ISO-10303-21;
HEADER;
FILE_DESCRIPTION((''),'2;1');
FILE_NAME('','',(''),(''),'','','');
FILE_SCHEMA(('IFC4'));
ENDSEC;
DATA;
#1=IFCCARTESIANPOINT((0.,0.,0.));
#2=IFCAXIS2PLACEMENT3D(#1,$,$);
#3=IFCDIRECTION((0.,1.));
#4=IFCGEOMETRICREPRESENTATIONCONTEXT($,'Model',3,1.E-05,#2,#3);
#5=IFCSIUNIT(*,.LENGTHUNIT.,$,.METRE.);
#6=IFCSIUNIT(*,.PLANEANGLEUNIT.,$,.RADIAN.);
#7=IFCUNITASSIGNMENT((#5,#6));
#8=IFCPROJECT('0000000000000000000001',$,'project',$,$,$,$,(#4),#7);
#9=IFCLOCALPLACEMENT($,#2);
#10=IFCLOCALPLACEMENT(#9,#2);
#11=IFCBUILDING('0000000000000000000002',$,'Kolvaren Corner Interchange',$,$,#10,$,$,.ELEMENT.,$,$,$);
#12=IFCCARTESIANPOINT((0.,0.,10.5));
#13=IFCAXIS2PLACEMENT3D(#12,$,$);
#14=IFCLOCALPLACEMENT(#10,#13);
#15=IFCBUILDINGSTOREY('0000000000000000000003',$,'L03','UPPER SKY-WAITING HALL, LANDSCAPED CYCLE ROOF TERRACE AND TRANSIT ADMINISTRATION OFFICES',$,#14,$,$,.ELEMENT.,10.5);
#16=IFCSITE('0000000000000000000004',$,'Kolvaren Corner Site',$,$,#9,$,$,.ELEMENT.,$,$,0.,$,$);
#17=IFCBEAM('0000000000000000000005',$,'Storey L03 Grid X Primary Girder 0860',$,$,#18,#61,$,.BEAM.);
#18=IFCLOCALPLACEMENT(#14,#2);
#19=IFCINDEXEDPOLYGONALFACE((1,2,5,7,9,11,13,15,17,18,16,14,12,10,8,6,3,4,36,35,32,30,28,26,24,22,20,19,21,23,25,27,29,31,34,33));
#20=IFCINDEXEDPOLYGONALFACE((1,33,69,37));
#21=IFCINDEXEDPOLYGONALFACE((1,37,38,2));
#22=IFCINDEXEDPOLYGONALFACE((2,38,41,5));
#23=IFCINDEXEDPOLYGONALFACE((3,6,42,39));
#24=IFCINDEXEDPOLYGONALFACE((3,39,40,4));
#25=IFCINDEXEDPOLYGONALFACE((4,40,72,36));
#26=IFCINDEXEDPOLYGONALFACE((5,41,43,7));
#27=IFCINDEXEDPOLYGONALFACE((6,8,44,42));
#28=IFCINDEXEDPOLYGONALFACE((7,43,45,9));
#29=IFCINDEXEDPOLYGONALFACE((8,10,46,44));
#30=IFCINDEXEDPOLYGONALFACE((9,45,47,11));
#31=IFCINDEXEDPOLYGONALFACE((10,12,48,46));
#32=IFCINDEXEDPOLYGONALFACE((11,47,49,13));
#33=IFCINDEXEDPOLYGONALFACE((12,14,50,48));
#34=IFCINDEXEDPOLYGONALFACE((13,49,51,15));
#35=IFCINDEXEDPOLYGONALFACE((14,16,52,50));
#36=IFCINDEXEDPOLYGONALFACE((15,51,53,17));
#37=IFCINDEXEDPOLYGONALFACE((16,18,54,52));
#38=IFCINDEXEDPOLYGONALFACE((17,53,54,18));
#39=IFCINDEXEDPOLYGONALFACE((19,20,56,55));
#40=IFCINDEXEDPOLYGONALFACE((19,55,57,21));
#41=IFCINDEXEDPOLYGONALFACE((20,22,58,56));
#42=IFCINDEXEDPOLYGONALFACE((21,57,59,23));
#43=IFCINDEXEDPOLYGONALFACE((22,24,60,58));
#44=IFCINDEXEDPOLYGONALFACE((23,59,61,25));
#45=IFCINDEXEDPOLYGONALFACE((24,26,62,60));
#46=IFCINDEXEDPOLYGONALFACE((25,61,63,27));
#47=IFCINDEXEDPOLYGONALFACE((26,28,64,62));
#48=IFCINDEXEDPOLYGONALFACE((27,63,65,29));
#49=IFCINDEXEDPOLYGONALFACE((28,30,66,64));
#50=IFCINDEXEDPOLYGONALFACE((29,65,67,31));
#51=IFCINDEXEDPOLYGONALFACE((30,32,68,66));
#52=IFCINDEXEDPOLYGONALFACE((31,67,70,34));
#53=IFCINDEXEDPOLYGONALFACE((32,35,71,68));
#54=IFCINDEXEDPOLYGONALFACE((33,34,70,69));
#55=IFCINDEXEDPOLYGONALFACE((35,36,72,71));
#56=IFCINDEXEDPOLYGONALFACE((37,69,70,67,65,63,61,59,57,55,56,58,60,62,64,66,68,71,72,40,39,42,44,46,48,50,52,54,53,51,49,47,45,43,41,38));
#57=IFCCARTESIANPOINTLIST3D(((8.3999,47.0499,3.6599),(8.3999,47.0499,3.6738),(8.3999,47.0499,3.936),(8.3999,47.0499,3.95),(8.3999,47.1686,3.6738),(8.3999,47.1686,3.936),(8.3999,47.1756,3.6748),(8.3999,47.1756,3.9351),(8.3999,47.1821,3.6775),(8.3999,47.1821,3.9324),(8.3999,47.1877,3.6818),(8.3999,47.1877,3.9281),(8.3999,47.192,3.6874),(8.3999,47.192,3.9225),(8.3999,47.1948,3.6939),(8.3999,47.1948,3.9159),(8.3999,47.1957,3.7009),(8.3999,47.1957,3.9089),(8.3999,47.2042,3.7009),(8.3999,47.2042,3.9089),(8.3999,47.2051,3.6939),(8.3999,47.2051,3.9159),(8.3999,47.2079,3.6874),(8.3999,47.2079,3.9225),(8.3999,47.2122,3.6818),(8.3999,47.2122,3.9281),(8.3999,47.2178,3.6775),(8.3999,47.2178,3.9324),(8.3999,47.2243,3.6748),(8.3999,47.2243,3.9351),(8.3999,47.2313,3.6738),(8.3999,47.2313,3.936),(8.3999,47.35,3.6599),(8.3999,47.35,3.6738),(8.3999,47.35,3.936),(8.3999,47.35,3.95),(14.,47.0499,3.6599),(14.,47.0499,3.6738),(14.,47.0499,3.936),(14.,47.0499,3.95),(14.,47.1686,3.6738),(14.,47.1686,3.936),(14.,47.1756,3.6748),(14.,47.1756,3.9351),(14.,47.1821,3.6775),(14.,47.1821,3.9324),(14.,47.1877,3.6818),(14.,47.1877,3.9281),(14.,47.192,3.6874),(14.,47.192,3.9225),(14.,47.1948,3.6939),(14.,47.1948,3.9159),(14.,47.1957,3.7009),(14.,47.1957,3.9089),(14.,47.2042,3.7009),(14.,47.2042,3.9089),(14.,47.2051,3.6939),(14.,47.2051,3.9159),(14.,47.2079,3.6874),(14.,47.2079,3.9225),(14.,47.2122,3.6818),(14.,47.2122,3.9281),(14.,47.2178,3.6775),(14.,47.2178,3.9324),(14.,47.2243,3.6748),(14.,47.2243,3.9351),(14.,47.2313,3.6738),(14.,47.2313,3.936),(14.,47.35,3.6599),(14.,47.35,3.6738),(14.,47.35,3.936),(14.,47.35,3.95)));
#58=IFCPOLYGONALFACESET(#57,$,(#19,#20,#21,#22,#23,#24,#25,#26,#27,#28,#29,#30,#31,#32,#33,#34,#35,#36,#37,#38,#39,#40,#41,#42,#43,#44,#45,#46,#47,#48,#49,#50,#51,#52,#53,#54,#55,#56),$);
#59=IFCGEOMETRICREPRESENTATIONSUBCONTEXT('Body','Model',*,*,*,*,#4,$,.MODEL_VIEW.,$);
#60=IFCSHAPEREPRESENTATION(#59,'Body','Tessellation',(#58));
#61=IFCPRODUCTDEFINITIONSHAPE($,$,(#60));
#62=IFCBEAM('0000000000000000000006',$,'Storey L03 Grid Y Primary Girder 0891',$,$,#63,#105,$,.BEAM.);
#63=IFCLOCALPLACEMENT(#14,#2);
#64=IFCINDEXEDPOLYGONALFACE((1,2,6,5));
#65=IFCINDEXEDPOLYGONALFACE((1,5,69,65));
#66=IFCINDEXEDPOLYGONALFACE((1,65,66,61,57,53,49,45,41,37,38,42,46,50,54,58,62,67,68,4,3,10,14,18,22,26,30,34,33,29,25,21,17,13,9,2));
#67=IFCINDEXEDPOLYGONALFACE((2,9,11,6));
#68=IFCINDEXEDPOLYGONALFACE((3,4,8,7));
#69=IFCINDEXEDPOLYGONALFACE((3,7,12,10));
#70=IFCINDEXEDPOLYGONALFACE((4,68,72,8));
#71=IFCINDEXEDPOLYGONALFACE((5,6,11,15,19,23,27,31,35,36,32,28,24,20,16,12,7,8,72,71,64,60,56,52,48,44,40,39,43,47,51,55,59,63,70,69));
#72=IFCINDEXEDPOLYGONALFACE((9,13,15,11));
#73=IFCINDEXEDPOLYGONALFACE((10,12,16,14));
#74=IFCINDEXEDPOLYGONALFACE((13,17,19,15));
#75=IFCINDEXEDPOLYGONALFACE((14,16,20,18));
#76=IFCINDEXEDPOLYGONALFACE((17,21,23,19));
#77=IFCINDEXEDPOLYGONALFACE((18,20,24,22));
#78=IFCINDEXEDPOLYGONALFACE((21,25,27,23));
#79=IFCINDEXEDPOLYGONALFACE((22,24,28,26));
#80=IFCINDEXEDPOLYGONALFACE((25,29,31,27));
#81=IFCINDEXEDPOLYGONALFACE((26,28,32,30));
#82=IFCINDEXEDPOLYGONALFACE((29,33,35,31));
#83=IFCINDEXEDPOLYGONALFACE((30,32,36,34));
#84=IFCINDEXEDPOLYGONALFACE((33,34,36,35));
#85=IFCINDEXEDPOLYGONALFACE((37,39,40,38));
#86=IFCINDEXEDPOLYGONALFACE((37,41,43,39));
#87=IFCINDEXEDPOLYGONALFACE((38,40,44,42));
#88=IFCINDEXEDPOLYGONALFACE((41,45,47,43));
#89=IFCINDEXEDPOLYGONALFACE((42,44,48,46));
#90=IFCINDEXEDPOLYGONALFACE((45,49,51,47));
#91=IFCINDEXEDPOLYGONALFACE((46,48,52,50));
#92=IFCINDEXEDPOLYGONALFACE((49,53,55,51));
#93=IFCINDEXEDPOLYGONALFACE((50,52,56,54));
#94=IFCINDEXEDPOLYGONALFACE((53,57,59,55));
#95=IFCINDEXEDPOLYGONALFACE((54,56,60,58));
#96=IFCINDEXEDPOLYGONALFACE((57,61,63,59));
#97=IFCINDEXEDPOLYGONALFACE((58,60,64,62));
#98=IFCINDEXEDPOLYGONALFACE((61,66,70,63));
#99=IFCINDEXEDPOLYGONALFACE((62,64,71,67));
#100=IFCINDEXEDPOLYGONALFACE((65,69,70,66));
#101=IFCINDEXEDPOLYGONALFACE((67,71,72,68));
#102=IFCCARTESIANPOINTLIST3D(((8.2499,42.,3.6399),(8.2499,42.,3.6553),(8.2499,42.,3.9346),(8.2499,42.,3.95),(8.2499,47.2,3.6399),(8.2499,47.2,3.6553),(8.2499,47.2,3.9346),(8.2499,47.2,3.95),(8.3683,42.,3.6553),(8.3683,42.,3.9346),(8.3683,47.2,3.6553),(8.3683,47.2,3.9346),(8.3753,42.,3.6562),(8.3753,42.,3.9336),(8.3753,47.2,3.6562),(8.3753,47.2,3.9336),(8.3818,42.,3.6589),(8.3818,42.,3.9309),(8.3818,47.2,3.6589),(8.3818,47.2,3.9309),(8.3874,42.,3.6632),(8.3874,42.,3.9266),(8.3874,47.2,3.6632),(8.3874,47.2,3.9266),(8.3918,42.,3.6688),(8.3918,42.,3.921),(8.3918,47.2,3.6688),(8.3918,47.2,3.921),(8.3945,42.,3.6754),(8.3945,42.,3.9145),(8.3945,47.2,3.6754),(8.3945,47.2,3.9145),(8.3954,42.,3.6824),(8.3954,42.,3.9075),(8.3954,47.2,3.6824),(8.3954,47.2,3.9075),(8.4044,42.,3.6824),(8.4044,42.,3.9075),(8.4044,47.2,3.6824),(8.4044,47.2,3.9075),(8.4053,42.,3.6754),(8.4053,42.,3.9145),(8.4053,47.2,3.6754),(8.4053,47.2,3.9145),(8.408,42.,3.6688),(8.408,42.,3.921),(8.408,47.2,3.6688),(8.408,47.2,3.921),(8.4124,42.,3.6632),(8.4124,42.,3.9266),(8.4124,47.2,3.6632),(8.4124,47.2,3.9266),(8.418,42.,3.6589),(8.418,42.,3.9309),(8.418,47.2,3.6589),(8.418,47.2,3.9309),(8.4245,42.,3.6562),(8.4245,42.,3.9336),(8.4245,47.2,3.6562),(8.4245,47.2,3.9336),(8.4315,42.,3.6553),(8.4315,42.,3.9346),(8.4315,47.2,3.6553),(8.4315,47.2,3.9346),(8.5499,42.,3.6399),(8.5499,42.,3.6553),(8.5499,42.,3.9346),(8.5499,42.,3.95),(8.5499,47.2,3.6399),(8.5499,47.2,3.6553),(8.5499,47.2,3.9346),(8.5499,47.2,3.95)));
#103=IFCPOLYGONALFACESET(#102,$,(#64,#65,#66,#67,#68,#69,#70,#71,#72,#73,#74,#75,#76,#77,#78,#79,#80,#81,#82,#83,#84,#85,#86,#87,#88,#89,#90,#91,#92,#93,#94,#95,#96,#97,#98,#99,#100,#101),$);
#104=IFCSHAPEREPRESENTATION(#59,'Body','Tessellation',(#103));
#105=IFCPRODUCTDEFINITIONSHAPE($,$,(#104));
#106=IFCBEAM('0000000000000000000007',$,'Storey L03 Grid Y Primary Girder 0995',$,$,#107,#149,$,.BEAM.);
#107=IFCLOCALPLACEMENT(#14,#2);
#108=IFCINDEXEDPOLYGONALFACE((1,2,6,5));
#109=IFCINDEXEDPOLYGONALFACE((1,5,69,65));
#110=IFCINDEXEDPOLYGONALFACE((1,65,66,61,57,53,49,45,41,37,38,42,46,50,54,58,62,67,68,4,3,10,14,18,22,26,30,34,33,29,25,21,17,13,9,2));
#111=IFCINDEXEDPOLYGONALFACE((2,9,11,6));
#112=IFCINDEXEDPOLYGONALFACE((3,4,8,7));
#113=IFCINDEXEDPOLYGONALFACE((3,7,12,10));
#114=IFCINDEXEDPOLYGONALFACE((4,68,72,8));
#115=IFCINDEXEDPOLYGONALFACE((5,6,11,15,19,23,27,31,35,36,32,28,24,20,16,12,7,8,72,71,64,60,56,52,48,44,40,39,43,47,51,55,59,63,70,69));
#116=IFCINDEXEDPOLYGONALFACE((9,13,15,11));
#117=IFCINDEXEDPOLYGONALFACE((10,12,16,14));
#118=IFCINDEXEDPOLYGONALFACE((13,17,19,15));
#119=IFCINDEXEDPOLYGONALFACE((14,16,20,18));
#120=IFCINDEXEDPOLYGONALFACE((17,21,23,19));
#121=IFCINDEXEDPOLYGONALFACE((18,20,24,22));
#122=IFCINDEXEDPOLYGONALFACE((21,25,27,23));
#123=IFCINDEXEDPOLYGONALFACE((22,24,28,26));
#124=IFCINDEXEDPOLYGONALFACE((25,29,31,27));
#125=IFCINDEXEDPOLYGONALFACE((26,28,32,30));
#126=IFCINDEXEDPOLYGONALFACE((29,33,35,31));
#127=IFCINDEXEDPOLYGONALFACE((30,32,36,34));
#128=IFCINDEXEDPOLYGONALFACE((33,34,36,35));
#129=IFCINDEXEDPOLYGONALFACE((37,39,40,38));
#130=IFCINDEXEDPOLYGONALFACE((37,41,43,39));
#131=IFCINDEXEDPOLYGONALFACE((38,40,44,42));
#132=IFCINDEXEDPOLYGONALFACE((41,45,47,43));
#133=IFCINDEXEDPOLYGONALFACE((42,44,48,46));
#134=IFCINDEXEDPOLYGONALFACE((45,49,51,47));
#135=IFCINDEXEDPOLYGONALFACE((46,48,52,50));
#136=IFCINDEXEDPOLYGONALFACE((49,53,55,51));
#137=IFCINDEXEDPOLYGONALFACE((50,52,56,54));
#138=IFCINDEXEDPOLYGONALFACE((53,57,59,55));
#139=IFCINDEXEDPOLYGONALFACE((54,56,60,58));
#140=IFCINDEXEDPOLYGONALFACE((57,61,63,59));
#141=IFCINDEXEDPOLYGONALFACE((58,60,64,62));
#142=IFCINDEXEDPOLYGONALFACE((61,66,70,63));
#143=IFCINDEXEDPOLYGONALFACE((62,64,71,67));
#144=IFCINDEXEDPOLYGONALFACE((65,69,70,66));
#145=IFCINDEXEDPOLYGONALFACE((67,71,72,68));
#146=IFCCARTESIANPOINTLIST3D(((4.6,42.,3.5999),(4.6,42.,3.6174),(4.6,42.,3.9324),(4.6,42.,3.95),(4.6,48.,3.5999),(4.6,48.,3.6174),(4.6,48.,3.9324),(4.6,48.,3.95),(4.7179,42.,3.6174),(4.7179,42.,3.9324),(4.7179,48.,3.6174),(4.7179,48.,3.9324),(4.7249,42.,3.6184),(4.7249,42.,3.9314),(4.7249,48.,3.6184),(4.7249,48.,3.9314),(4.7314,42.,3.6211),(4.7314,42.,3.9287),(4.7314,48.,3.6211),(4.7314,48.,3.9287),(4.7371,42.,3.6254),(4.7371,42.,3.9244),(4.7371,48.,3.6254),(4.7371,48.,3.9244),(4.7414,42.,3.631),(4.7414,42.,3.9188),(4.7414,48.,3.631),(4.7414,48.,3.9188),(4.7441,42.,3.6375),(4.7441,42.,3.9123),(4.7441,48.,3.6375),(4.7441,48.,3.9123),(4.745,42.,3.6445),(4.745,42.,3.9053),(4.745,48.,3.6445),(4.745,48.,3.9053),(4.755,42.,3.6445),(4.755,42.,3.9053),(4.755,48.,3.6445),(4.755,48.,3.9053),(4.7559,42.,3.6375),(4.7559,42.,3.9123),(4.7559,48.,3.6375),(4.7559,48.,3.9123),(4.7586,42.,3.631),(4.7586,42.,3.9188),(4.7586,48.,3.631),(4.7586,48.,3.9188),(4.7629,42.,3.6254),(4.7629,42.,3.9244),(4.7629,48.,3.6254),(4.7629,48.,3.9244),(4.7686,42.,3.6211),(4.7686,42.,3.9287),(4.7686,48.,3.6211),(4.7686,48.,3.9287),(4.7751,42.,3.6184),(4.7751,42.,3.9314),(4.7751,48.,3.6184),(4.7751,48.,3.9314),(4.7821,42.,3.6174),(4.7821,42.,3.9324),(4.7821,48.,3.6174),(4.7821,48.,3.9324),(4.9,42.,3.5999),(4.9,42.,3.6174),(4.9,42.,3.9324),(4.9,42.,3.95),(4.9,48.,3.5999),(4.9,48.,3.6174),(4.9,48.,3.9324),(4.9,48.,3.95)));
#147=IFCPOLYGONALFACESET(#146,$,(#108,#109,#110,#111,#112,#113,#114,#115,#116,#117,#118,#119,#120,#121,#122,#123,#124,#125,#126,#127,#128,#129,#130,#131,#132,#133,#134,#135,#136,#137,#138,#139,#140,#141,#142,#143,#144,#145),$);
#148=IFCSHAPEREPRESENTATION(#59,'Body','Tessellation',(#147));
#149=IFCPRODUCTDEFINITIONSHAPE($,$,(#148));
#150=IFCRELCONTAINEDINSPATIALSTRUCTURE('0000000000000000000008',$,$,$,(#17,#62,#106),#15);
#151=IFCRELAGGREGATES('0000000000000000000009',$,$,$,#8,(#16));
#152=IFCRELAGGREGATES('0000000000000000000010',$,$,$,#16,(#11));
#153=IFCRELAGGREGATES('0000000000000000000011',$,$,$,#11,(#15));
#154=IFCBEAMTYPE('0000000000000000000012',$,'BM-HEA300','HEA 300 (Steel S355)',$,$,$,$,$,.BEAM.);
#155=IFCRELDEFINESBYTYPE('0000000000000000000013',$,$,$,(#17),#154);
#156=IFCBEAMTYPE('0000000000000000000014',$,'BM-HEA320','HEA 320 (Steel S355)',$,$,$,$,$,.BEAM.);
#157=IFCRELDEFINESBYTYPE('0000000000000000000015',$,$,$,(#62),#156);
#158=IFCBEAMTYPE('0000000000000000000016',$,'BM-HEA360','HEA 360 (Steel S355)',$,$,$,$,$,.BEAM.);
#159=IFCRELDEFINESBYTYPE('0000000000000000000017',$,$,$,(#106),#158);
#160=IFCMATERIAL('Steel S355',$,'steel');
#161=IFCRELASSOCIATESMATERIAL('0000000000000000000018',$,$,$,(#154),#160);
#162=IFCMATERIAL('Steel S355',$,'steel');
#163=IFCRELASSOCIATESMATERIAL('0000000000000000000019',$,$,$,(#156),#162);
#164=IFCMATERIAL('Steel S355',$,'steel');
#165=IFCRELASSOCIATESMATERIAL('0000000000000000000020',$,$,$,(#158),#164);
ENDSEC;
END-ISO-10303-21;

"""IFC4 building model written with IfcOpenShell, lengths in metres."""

from ifc_helpers import new_model, si_unit, direction, frame, origin, origin_2d, place, context, subcontext, project, spatial, i_section, extrude, material, material_profile, profile_set, type_object, element, save


model = new_model("IFC4")

# Units and contexts
model_context = context("Model", 3, precision=1e-05, world=origin(), true_north=direction((0.0, 1.0)))
body_context = subcontext(model_context, "Body", "Model", "MODEL_VIEW")
ifc_project = project(units=[si_unit("LENGTHUNIT", "METRE"), si_unit("PLANEANGLEUNIT", "RADIAN")], contexts=[model_context])

# Site, building, storey
site_placement = place(None, origin())
site = spatial("IfcSite", under=ifc_project, at=site_placement, Name="Kolvaren Corner Site", CompositionType="ELEMENT", RefElevation=0.0)
building_placement = place(site_placement, origin())
building = spatial("IfcBuilding", under=site, at=building_placement, Name="Kolvaren Corner Interchange", CompositionType="ELEMENT")
storey_placement = place(building_placement, frame((0.0, 0.0, 10.5)))
storey = spatial("IfcBuildingStorey", under=building, at=storey_placement, Name="L03", Description="UPPER SKY-WAITING HALL, LANDSCAPED CYCLE ROOF TERRACE AND TRANSIT ADMINISTRATION OFFICES", CompositionType="ELEMENT", Elevation=10.5)

# Beams
ifc_material_1 = material(Name="Steel S355", Category="steel")
ifc_material_profile_1 = material_profile(ifc_material_1, i_section(OverallWidth=0.3, OverallDepth=0.29, WebThickness=0.0085, FlangeThickness=0.0139, FilletRadius=0.0271, at=origin_2d()), Name="HEA 300")
ifc_profile_set_1 = profile_set([ifc_material_profile_1], Name="Steel S355")
beam_type_1 = type_object("IfcBeamType", Name="BM-HEA300", Description="HEA 300 (Steel S355)", PredefinedType="BEAM", material=ifc_profile_set_1)
for number, where, z_axis, x_axis, name in (
    (1, (8.3999, 47.2, 3.8049), (1.0, 0.0, 0.0), (0.0, 1.0, 0.0), "Storey L03 Grid X Primary Girder 0860"),
):
    element("IfcBeam", number, at=place(storey_placement, frame(where, z_axis=z_axis, x_axis=x_axis)), inside=storey, type_object=beam_type_1, Name=name, PredefinedType="BEAM", context=body_context, shape_type="SweptSolid", body=[
        extrude(i_section(OverallWidth=0.3, OverallDepth=0.29, WebThickness=0.0085, FlangeThickness=0.0139, FilletRadius=0.0271, at=origin_2d()), origin(), (0.0, 0.0, 1.0), 5.6001),
    ])
ifc_material_2 = material(Name="Steel S355", Category="steel")
ifc_material_profile_2 = material_profile(ifc_material_2, i_section(OverallWidth=0.3, OverallDepth=0.3101, WebThickness=0.009, FlangeThickness=0.0154, FilletRadius=0.0271, at=origin_2d()), Name="HEA 320")
ifc_profile_set_2 = profile_set([ifc_material_profile_2], Name="Steel S355")
beam_type_2 = type_object("IfcBeamType", Name="BM-HEA320", Description="HEA 320 (Steel S355)", PredefinedType="BEAM", material=ifc_profile_set_2)
beam_1_placement = place(storey_placement, frame((8.3999, 42.0, 3.7949), z_axis=(0.0, 1.0, 0.0), x_axis=(-1.0, 0.0, 0.0)))
element("IfcBeam", 2, at=beam_1_placement, inside=storey, type_object=beam_type_2, Name="Storey L03 Grid Y Primary Girder 0891", PredefinedType="BEAM", context=body_context, shape_type="SweptSolid", body=[
    extrude(i_section(OverallWidth=0.3, OverallDepth=0.3101, WebThickness=0.009, FlangeThickness=0.0154, FilletRadius=0.0271, at=origin_2d()), origin(), (0.0, 0.0, 1.0), 5.2),
])
ifc_material_3 = material(Name="Steel S355", Category="steel")
ifc_material_profile_3 = material_profile(ifc_material_3, i_section(OverallWidth=0.3, OverallDepth=0.3501, WebThickness=0.01, FlangeThickness=0.0176, FilletRadius=0.0271, at=origin_2d()), Name="HEA 360")
ifc_profile_set_3 = profile_set([ifc_material_profile_3], Name="Steel S355")
beam_type_3 = type_object("IfcBeamType", Name="BM-HEA360", Description="HEA 360 (Steel S355)", PredefinedType="BEAM", material=ifc_profile_set_3)
beam_2_placement = place(storey_placement, frame((4.75, 42.0, 3.7749), z_axis=(0.0, 1.0, 0.0), x_axis=(-1.0, 0.0, 0.0)))
element("IfcBeam", 3, at=beam_2_placement, inside=storey, type_object=beam_type_3, Name="Storey L03 Grid Y Primary Girder 0995", PredefinedType="BEAM", context=body_context, shape_type="SweptSolid", body=[
    extrude(i_section(OverallWidth=0.3, OverallDepth=0.3501, WebThickness=0.01, FlangeThickness=0.0176, FilletRadius=0.0271, at=origin_2d()), origin(), (0.0, 0.0, 1.0), 6.0),
])

save(model, "model.ifc")
